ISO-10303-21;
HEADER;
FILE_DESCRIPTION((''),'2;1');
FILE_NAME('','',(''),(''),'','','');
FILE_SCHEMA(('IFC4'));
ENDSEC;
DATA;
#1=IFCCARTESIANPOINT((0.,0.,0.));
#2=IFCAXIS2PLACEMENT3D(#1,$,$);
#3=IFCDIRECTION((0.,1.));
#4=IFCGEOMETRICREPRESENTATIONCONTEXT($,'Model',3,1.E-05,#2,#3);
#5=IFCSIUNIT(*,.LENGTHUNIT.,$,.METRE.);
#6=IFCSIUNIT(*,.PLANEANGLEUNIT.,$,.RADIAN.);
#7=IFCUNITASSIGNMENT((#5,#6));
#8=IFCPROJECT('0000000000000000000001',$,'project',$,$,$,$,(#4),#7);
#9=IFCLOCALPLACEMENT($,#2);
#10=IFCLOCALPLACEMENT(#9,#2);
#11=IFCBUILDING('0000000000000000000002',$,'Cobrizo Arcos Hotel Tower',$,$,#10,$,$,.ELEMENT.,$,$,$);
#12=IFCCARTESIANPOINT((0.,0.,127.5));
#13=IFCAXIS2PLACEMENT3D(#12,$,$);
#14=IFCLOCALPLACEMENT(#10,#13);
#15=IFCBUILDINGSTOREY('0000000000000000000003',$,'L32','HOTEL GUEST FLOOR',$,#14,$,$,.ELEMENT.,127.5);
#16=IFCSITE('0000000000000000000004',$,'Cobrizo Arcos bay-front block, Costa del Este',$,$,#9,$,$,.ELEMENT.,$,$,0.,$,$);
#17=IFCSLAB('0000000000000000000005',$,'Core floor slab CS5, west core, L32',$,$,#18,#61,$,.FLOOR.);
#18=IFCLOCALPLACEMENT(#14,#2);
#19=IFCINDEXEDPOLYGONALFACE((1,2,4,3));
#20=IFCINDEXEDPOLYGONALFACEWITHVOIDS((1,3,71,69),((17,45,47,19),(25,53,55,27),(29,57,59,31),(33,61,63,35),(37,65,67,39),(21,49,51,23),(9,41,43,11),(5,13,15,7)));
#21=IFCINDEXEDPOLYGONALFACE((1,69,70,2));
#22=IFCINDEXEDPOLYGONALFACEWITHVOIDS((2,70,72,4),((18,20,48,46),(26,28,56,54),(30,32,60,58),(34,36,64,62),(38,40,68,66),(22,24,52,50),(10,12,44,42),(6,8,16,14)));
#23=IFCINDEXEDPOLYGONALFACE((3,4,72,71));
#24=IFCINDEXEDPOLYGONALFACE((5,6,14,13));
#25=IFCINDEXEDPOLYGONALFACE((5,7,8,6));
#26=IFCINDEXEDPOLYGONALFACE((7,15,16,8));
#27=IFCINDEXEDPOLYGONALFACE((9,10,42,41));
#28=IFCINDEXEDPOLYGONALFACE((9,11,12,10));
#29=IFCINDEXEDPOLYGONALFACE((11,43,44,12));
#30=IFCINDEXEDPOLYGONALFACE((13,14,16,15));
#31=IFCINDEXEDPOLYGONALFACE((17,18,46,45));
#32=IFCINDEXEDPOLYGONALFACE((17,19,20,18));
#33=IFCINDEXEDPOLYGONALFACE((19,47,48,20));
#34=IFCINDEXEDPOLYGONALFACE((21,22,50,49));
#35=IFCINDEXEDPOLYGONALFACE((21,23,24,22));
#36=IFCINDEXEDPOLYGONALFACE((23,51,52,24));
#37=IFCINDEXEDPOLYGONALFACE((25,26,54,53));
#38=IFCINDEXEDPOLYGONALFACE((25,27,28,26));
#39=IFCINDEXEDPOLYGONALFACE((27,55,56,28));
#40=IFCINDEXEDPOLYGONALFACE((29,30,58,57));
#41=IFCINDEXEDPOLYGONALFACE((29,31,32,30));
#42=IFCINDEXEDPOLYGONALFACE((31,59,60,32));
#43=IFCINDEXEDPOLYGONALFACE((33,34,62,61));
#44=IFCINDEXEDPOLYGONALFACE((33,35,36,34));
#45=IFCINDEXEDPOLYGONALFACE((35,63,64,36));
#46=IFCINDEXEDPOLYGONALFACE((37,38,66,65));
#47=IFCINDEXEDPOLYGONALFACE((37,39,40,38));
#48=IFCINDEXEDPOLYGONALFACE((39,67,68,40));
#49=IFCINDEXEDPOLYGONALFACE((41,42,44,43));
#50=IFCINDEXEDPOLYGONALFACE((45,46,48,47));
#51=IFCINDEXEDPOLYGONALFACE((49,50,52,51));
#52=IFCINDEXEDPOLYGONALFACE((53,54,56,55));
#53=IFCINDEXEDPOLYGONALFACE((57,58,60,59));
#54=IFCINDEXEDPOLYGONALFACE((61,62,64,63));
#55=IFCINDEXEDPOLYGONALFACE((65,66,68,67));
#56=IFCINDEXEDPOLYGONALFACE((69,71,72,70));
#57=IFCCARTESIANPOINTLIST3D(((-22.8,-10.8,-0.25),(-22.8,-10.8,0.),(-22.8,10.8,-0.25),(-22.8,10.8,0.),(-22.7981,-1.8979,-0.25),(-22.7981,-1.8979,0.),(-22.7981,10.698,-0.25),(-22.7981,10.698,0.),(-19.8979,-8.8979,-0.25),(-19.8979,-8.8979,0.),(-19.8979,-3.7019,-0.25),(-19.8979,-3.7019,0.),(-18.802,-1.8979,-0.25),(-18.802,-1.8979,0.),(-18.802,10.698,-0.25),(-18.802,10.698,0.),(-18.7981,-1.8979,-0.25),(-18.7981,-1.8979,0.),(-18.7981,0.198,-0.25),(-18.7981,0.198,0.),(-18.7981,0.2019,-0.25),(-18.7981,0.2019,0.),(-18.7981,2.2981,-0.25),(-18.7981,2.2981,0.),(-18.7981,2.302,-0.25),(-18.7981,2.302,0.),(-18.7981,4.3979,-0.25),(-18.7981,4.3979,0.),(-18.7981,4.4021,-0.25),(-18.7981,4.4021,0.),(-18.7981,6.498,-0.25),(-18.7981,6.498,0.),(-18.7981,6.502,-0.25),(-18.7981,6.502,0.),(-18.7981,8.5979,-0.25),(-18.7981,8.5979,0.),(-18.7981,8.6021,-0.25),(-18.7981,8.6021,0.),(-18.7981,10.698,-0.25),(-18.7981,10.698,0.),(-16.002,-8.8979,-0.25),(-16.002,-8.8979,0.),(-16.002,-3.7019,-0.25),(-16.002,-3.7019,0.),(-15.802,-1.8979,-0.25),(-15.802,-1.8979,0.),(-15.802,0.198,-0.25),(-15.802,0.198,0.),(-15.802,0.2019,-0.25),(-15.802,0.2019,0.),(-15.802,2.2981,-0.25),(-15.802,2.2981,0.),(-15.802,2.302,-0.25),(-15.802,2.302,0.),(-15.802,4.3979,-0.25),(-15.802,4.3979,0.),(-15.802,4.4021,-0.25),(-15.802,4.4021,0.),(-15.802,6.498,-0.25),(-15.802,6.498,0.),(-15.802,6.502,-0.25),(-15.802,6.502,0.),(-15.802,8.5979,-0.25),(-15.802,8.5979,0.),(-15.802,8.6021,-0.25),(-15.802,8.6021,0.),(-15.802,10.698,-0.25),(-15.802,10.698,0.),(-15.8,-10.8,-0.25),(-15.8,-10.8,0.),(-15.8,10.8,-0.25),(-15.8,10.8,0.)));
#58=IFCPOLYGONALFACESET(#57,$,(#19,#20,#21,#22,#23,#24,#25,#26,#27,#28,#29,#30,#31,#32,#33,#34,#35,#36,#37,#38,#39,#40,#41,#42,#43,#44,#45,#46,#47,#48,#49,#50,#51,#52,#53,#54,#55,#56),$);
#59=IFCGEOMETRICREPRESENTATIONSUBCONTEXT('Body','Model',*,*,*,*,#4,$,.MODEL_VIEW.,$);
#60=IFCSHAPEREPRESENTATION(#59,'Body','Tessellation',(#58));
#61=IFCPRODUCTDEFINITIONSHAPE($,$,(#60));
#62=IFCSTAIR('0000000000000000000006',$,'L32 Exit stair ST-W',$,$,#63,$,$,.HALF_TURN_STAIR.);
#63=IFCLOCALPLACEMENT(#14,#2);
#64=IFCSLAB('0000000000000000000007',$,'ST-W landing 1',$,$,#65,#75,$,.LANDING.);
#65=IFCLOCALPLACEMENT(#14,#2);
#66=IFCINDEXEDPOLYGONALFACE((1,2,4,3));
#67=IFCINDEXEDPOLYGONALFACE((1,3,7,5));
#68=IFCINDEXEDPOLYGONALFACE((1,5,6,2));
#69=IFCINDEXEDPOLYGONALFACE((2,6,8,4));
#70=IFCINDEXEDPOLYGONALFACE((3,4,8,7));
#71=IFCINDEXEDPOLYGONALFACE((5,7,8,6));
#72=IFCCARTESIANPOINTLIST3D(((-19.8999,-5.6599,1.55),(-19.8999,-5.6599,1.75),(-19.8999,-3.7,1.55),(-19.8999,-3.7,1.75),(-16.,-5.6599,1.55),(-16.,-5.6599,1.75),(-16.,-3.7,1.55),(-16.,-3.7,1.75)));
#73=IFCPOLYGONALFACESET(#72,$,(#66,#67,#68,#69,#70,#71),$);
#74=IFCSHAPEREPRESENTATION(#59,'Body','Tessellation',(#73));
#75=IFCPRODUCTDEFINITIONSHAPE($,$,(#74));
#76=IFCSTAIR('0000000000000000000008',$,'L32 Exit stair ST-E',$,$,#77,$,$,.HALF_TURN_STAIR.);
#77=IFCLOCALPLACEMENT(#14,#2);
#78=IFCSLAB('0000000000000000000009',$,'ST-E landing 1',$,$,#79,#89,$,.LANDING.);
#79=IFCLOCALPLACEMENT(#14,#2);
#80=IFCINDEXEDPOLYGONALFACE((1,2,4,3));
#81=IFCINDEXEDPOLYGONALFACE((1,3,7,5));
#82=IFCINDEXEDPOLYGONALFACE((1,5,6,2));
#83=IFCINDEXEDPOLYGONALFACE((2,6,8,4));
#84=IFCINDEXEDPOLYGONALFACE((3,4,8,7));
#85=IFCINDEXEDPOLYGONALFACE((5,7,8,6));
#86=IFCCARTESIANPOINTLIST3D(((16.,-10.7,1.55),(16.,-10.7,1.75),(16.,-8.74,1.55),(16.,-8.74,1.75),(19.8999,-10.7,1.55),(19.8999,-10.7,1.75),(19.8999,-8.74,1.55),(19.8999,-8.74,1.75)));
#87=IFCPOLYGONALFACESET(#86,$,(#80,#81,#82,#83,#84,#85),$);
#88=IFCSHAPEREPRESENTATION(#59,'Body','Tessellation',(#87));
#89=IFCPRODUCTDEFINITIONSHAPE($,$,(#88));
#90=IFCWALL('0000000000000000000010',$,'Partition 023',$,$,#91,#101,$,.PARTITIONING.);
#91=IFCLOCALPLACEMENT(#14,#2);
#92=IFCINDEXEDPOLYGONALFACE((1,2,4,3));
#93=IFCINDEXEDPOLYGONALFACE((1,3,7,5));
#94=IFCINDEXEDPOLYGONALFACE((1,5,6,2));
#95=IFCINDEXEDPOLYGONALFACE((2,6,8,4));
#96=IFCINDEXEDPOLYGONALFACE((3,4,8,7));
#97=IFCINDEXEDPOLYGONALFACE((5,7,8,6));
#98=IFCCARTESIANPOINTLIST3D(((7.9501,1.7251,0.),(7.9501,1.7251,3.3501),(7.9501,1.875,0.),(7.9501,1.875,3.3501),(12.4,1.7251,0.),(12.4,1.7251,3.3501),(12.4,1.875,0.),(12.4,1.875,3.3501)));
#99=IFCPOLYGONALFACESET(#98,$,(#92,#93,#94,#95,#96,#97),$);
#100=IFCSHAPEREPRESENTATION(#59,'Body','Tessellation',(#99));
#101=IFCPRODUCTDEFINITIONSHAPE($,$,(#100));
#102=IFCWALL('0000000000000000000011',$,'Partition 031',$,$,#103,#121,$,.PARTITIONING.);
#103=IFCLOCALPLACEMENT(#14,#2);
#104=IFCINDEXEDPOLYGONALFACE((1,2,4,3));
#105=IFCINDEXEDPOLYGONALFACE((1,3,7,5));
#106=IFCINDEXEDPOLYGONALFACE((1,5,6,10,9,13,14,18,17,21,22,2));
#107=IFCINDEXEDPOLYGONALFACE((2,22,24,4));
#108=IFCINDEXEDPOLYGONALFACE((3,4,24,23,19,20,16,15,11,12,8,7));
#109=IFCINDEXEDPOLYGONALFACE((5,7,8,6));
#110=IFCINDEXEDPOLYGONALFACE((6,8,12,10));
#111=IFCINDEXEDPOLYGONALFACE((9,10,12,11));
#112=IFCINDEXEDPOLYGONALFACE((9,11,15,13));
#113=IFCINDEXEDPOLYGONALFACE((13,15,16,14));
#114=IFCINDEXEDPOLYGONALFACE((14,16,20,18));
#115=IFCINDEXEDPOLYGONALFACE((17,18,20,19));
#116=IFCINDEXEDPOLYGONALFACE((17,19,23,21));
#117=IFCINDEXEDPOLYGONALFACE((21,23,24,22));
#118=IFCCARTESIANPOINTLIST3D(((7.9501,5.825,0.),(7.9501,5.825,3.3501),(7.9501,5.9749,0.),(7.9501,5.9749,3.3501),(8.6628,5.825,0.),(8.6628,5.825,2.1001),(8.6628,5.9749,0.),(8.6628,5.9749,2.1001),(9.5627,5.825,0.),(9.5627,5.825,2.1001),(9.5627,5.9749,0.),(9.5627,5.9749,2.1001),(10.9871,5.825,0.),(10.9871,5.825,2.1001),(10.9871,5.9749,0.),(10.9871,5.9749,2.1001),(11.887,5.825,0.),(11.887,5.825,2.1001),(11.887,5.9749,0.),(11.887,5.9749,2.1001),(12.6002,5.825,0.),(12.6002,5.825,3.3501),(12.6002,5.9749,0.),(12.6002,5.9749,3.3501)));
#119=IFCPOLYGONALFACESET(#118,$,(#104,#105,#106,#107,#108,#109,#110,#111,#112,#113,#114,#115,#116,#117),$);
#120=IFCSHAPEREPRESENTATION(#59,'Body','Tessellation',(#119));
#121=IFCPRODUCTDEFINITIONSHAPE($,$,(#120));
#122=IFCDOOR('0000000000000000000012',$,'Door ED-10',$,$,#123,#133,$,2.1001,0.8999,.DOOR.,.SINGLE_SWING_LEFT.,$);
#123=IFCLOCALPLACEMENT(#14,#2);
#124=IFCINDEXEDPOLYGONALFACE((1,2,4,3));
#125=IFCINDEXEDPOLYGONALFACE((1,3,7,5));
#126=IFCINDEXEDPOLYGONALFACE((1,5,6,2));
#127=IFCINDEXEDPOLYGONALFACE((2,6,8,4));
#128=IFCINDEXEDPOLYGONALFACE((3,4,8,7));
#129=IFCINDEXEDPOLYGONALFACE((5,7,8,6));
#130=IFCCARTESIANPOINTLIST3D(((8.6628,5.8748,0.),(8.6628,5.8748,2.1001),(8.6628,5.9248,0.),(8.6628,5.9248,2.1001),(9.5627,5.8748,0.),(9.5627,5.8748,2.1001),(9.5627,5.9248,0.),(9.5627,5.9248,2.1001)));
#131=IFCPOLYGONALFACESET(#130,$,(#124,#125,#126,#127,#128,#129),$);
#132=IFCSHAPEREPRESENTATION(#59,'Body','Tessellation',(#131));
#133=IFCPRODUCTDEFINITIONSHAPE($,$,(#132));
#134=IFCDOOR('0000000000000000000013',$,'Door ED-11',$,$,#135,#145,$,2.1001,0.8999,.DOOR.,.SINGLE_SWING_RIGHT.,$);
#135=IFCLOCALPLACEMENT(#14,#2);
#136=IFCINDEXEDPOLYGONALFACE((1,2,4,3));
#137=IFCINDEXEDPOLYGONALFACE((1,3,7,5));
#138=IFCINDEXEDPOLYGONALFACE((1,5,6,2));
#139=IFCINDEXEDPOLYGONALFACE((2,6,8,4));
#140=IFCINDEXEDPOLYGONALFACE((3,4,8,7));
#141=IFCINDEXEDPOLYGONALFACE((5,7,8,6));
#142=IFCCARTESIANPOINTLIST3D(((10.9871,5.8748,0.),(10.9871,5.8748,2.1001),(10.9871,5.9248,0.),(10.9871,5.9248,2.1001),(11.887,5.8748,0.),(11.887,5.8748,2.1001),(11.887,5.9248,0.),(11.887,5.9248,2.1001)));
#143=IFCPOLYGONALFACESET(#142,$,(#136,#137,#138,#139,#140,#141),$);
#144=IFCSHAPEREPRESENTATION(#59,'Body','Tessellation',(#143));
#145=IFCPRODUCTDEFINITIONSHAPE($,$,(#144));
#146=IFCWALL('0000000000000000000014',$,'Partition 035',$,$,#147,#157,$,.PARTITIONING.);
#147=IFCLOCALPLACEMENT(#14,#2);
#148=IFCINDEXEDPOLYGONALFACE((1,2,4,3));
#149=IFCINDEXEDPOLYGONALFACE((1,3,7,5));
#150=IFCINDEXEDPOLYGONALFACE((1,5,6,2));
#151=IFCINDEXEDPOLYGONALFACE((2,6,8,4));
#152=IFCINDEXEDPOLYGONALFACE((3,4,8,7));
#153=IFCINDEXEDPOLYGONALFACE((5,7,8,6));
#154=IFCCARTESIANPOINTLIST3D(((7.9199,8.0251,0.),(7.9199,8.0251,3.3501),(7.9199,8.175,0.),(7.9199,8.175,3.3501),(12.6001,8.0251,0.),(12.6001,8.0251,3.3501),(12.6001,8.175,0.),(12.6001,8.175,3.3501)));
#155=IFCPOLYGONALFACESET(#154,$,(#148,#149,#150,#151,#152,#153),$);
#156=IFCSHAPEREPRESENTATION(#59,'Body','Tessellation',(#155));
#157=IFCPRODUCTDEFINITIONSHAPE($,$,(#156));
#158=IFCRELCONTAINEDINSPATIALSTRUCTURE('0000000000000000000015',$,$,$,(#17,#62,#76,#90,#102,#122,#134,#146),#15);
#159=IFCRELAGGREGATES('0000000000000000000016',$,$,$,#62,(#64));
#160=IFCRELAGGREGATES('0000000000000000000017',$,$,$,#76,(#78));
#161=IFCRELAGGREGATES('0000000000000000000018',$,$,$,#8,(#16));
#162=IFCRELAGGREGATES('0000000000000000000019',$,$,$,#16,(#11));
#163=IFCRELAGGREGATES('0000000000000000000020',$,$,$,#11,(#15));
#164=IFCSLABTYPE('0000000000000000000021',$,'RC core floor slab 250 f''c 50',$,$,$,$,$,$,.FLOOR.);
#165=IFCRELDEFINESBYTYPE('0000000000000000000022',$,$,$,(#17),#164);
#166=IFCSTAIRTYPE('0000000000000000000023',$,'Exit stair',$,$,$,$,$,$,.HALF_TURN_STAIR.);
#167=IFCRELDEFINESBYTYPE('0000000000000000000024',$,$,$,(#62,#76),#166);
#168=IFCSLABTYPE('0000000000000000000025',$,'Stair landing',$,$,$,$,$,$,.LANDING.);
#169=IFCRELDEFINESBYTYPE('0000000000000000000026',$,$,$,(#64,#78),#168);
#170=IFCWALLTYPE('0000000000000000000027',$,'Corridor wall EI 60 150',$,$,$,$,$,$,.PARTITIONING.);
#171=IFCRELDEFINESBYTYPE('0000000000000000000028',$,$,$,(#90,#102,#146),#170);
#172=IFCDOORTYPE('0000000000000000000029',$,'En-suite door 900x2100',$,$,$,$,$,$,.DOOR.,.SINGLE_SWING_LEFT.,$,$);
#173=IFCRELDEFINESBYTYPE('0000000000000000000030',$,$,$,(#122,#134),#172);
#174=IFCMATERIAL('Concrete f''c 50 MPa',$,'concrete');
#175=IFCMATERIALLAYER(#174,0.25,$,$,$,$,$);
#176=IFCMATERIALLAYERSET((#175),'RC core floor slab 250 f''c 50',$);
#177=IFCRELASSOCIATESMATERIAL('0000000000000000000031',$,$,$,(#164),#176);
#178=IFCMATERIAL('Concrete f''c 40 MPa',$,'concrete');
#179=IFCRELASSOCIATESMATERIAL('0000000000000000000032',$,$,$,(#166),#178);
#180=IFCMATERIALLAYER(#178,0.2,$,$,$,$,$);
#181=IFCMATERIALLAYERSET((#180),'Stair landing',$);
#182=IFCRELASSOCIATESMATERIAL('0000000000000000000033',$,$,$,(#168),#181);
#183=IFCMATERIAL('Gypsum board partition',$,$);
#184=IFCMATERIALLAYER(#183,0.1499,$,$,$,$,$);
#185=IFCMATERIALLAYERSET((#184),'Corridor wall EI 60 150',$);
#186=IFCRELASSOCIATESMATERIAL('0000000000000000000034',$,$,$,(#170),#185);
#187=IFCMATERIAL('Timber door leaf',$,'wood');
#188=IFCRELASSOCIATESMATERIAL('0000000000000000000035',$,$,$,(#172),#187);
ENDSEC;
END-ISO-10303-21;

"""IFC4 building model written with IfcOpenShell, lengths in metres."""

from ifc_helpers import new_model, si_unit, direction, frame, frame_2d, origin, place, context, subcontext, project, spatial, polyline, rectangle, outline, extrude, material, layer, layer_set, type_object, element, fill, aggregate, save


model = new_model("IFC4")

# Units and contexts
model_context = context("Model", 3, precision=1e-05, world=origin(), true_north=direction((0.0, 1.0)))
body_context = subcontext(model_context, "Body", "Model", "MODEL_VIEW")
ifc_project = project(units=[si_unit("LENGTHUNIT", "METRE"), si_unit("PLANEANGLEUNIT", "RADIAN")], contexts=[model_context])

# Site, building, storey
site_placement = place(None, origin())
site = spatial("IfcSite", under=ifc_project, at=site_placement, Name="Cobrizo Arcos bay-front block, Costa del Este", CompositionType="ELEMENT", RefElevation=0.0)
building_placement = place(site_placement, origin())
building = spatial("IfcBuilding", under=site, at=building_placement, Name="Cobrizo Arcos Hotel Tower", CompositionType="ELEMENT")
storey_placement = place(building_placement, frame((0.0, 0.0, 127.5)))
storey = spatial("IfcBuildingStorey", under=building, at=storey_placement, Name="L32", Description="HOTEL GUEST FLOOR", CompositionType="ELEMENT", Elevation=127.5)

# Slab
ifc_material_1 = material(Name="Concrete f'c 50 MPa", Category="concrete")
ifc_layer_1 = layer(ifc_material_1, 0.25)
ifc_layer_set_1 = layer_set([ifc_layer_1], Name="RC core floor slab 250 f'c 50")
slab_type_1 = type_object("IfcSlabType", Name="RC core floor slab 250 f'c 50", PredefinedType="FLOOR", material=ifc_layer_set_1)
slab_1_placement = place(storey_placement, frame((0.0, 0.0, -0.25)))
element("IfcSlab", 1, at=slab_1_placement, inside=storey, type_object=slab_type_1, Name="Core floor slab CS5, west core, L32", PredefinedType="FLOOR", context=body_context, shape_type="SweptSolid", body=[
    extrude(outline(polyline([(-22.8, 10.8), (-15.8, 10.8), (-15.8, -10.8), (-22.8, -10.8), (-22.8, 10.8)]), holes=[polyline([(-19.8979, -3.7019), (-19.8979, -8.8979), (-16.002, -8.8979), (-16.002, -3.7019), (-19.8979, -3.7019)]), polyline([(-18.7981, 0.198), (-18.7981, -1.8979), (-15.802, -1.8979), (-15.802, 0.198), (-18.7981, 0.198)]), polyline([(-15.802, 2.2981), (-18.7981, 2.2981), (-18.7981, 0.2019), (-15.802, 0.2019), (-15.802, 2.2981)]), polyline([(-15.802, 4.3979), (-18.7981, 4.3979), (-18.7981, 2.302), (-15.802, 2.302), (-15.802, 4.3979)]), polyline([(-18.802, 10.698), (-22.7981, 10.698), (-22.7981, -1.8979), (-18.802, -1.8979), (-18.802, 10.698)]), polyline([(-15.802, 6.498), (-18.7981, 6.498), (-18.7981, 4.4021), (-15.802, 4.4021), (-15.802, 6.498)]), polyline([(-15.802, 8.5979), (-18.7981, 8.5979), (-18.7981, 6.502), (-15.802, 6.502), (-15.802, 8.5979)]), polyline([(-15.802, 10.698), (-18.7981, 10.698), (-18.7981, 8.6021), (-15.802, 8.6021), (-15.802, 10.698)])]), origin(), (0.0, 0.0, 1.0), 0.25),
])

# Stairs, slabs
ifc_material_2 = material(Name="Concrete f'c 40 MPa", Category="concrete")
stair_type = type_object("IfcStairType", Name="Exit stair", PredefinedType="HALF_TURN_STAIR", material=ifc_material_2)
stair_1_placement = place(storey_placement, origin())
stair_1 = element("IfcStair", 2, at=stair_1_placement, inside=storey, type_object=stair_type, Name="L32 Exit stair ST-W", PredefinedType="HALF_TURN_STAIR")
ifc_layer_2 = layer(ifc_material_2, 0.2)
ifc_layer_set_2 = layer_set([ifc_layer_2], Name="Stair landing")
slab_type_2 = type_object("IfcSlabType", Name="Stair landing", PredefinedType="LANDING", material=ifc_layer_set_2)
slab_2_placement = place(storey_placement, frame((0.0, 0.0, 1.55)))
slab_2 = element("IfcSlab", 3, at=slab_2_placement, type_object=slab_type_2, Name="ST-W landing 1", PredefinedType="LANDING", context=body_context, shape_type="SweptSolid", body=[
    extrude(outline(polyline([(-16.0, -5.6599), (-16.0, -3.7), (-19.8999, -3.7), (-19.8999, -5.6599), (-16.0, -5.6599)])), origin(), (0.0, 0.0, 1.0), 0.2),
])
aggregate(stair_1, [slab_2])
stair_2_placement = place(storey_placement, origin())
stair_2 = element("IfcStair", 4, at=stair_2_placement, inside=storey, type_object=stair_type, Name="L32 Exit stair ST-E", PredefinedType="HALF_TURN_STAIR")
slab_3_placement = place(storey_placement, frame((0.0, 0.0, 1.55)))
slab_3 = element("IfcSlab", 5, at=slab_3_placement, type_object=slab_type_2, Name="ST-E landing 1", PredefinedType="LANDING", context=body_context, shape_type="SweptSolid", body=[
    extrude(outline(polyline([(16.0, -8.74), (16.0, -10.7), (19.8999, -10.7), (19.8999, -8.74), (16.0, -8.74)])), origin(), (0.0, 0.0, 1.0), 0.2),
])
aggregate(stair_2, [slab_3])

# Wall
ifc_material_3 = material(Name="Gypsum board partition")
ifc_layer_3 = layer(ifc_material_3, 0.1499)
ifc_layer_set_3 = layer_set([ifc_layer_3], Name="Corridor wall EI 60 150")
wall_type_1 = type_object("IfcWallType", Name="Corridor wall EI 60 150", PredefinedType="PARTITIONING", material=ifc_layer_set_3)
wall_1_placement = place(storey_placement, frame((7.95, 1.8, 0.0), z_axis=(0.0, 0.0, 1.0), x_axis=(1.0, 0.0, 0.0)))
element("IfcWall", 6, at=wall_1_placement, inside=storey, type_object=wall_type_1, Name="Partition 023", PredefinedType="PARTITIONING", context=body_context, shape_type="SweptSolid", body=[
    extrude(rectangle(XDim=4.45, YDim=0.1499, at=frame_2d((2.2251, 0.0))), origin(), (0.0, 0.0, 1.0), 3.3501),
])

# Wall, openings, doors
wall_2_placement = place(storey_placement, frame((7.95, 5.8999, 0.0), z_axis=(0.0, 0.0, 1.0), x_axis=(1.0, 0.0, 0.0)))
wall_2 = element("IfcWall", 7, at=wall_2_placement, inside=storey, type_object=wall_type_1, Name="Partition 031", PredefinedType="PARTITIONING", context=body_context, shape_type="SweptSolid", body=[
    extrude(rectangle(XDim=4.6501, YDim=0.1499, at=frame_2d((2.3252, 0.0))), origin(), (0.0, 0.0, 1.0), 3.3501),
])
opening_1_placement = place(wall_2_placement, frame((0.7129, 0.0, 0.0)))
opening_1 = element("IfcOpeningElement", 8, at=opening_1_placement, cuts=wall_2, PredefinedType="OPENING", context=body_context, shape_type="SweptSolid", body=[
    extrude(rectangle(XDim=0.8999, YDim=2.1001, at=frame_2d((0.45, 1.05))), frame((0.0, 0.0869, 0.0), z_axis=(0.0, -1.0, 0.0), x_axis=(1.0, 0.0, 0.0)), (0.0, 0.0, 1.0), 0.1738),
])
opening_2_placement = place(wall_2_placement, frame((3.0371, 0.0, 0.0)))
opening_2 = element("IfcOpeningElement", 9, at=opening_2_placement, cuts=wall_2, PredefinedType="OPENING", context=body_context, shape_type="SweptSolid", body=[
    extrude(rectangle(XDim=0.8999, YDim=2.1001, at=frame_2d((0.45, 1.05))), frame((0.0, 0.0869, 0.0), z_axis=(0.0, -1.0, 0.0), x_axis=(1.0, 0.0, 0.0)), (0.0, 0.0, 1.0), 0.1738),
])
ifc_material_4 = material(Name="Timber door leaf", Category="wood")
door_type_1 = type_object("IfcDoorType", Name="En-suite door 900x2100", OperationType="SINGLE_SWING_LEFT", PredefinedType="DOOR", material=ifc_material_4)
door_1_placement = place(opening_1_placement, origin())
door_1 = element("IfcDoor", 10, at=door_1_placement, inside=storey, type_object=door_type_1, Name="Door ED-10", OperationType="SINGLE_SWING_LEFT", OverallHeight=2.1001, OverallWidth=0.8999, PredefinedType="DOOR", context=body_context, shape_type="SweptSolid", body=[
    extrude(rectangle(XDim=0.8999, YDim=2.1001, at=frame_2d((0.45, 1.05))), frame((0.0, 0.0249, 0.0), z_axis=(0.0, -1.0, 0.0), x_axis=(1.0, 0.0, 0.0)), (0.0, 0.0, 1.0), 0.05),
])
fill(opening_1, door_1)
door_2_placement = place(opening_2_placement, origin())
door_2 = element("IfcDoor", 11, at=door_2_placement, inside=storey, type_object=door_type_1, Name="Door ED-11", OperationType="SINGLE_SWING_RIGHT", OverallHeight=2.1001, OverallWidth=0.8999, PredefinedType="DOOR", context=body_context, shape_type="SweptSolid", body=[
    extrude(rectangle(XDim=0.8999, YDim=2.1001, at=frame_2d((0.45, 1.05))), frame((0.0, 0.0249, 0.0), z_axis=(0.0, -1.0, 0.0), x_axis=(1.0, 0.0, 0.0)), (0.0, 0.0, 1.0), 0.05),
])
fill(opening_2, door_2)

# Wall
wall_3_placement = place(storey_placement, frame((7.9199, 8.1001, 0.0), z_axis=(0.0, 0.0, 1.0), x_axis=(1.0, 0.0, 0.0)))
element("IfcWall", 12, at=wall_3_placement, inside=storey, type_object=wall_type_1, Name="Partition 035", PredefinedType="PARTITIONING", context=body_context, shape_type="SweptSolid", body=[
    extrude(rectangle(XDim=4.6802, YDim=0.1499, at=frame_2d((2.3401, 0.0))), origin(), (0.0, 0.0, 1.0), 3.3501),
])

save(model, "model.ifc")
